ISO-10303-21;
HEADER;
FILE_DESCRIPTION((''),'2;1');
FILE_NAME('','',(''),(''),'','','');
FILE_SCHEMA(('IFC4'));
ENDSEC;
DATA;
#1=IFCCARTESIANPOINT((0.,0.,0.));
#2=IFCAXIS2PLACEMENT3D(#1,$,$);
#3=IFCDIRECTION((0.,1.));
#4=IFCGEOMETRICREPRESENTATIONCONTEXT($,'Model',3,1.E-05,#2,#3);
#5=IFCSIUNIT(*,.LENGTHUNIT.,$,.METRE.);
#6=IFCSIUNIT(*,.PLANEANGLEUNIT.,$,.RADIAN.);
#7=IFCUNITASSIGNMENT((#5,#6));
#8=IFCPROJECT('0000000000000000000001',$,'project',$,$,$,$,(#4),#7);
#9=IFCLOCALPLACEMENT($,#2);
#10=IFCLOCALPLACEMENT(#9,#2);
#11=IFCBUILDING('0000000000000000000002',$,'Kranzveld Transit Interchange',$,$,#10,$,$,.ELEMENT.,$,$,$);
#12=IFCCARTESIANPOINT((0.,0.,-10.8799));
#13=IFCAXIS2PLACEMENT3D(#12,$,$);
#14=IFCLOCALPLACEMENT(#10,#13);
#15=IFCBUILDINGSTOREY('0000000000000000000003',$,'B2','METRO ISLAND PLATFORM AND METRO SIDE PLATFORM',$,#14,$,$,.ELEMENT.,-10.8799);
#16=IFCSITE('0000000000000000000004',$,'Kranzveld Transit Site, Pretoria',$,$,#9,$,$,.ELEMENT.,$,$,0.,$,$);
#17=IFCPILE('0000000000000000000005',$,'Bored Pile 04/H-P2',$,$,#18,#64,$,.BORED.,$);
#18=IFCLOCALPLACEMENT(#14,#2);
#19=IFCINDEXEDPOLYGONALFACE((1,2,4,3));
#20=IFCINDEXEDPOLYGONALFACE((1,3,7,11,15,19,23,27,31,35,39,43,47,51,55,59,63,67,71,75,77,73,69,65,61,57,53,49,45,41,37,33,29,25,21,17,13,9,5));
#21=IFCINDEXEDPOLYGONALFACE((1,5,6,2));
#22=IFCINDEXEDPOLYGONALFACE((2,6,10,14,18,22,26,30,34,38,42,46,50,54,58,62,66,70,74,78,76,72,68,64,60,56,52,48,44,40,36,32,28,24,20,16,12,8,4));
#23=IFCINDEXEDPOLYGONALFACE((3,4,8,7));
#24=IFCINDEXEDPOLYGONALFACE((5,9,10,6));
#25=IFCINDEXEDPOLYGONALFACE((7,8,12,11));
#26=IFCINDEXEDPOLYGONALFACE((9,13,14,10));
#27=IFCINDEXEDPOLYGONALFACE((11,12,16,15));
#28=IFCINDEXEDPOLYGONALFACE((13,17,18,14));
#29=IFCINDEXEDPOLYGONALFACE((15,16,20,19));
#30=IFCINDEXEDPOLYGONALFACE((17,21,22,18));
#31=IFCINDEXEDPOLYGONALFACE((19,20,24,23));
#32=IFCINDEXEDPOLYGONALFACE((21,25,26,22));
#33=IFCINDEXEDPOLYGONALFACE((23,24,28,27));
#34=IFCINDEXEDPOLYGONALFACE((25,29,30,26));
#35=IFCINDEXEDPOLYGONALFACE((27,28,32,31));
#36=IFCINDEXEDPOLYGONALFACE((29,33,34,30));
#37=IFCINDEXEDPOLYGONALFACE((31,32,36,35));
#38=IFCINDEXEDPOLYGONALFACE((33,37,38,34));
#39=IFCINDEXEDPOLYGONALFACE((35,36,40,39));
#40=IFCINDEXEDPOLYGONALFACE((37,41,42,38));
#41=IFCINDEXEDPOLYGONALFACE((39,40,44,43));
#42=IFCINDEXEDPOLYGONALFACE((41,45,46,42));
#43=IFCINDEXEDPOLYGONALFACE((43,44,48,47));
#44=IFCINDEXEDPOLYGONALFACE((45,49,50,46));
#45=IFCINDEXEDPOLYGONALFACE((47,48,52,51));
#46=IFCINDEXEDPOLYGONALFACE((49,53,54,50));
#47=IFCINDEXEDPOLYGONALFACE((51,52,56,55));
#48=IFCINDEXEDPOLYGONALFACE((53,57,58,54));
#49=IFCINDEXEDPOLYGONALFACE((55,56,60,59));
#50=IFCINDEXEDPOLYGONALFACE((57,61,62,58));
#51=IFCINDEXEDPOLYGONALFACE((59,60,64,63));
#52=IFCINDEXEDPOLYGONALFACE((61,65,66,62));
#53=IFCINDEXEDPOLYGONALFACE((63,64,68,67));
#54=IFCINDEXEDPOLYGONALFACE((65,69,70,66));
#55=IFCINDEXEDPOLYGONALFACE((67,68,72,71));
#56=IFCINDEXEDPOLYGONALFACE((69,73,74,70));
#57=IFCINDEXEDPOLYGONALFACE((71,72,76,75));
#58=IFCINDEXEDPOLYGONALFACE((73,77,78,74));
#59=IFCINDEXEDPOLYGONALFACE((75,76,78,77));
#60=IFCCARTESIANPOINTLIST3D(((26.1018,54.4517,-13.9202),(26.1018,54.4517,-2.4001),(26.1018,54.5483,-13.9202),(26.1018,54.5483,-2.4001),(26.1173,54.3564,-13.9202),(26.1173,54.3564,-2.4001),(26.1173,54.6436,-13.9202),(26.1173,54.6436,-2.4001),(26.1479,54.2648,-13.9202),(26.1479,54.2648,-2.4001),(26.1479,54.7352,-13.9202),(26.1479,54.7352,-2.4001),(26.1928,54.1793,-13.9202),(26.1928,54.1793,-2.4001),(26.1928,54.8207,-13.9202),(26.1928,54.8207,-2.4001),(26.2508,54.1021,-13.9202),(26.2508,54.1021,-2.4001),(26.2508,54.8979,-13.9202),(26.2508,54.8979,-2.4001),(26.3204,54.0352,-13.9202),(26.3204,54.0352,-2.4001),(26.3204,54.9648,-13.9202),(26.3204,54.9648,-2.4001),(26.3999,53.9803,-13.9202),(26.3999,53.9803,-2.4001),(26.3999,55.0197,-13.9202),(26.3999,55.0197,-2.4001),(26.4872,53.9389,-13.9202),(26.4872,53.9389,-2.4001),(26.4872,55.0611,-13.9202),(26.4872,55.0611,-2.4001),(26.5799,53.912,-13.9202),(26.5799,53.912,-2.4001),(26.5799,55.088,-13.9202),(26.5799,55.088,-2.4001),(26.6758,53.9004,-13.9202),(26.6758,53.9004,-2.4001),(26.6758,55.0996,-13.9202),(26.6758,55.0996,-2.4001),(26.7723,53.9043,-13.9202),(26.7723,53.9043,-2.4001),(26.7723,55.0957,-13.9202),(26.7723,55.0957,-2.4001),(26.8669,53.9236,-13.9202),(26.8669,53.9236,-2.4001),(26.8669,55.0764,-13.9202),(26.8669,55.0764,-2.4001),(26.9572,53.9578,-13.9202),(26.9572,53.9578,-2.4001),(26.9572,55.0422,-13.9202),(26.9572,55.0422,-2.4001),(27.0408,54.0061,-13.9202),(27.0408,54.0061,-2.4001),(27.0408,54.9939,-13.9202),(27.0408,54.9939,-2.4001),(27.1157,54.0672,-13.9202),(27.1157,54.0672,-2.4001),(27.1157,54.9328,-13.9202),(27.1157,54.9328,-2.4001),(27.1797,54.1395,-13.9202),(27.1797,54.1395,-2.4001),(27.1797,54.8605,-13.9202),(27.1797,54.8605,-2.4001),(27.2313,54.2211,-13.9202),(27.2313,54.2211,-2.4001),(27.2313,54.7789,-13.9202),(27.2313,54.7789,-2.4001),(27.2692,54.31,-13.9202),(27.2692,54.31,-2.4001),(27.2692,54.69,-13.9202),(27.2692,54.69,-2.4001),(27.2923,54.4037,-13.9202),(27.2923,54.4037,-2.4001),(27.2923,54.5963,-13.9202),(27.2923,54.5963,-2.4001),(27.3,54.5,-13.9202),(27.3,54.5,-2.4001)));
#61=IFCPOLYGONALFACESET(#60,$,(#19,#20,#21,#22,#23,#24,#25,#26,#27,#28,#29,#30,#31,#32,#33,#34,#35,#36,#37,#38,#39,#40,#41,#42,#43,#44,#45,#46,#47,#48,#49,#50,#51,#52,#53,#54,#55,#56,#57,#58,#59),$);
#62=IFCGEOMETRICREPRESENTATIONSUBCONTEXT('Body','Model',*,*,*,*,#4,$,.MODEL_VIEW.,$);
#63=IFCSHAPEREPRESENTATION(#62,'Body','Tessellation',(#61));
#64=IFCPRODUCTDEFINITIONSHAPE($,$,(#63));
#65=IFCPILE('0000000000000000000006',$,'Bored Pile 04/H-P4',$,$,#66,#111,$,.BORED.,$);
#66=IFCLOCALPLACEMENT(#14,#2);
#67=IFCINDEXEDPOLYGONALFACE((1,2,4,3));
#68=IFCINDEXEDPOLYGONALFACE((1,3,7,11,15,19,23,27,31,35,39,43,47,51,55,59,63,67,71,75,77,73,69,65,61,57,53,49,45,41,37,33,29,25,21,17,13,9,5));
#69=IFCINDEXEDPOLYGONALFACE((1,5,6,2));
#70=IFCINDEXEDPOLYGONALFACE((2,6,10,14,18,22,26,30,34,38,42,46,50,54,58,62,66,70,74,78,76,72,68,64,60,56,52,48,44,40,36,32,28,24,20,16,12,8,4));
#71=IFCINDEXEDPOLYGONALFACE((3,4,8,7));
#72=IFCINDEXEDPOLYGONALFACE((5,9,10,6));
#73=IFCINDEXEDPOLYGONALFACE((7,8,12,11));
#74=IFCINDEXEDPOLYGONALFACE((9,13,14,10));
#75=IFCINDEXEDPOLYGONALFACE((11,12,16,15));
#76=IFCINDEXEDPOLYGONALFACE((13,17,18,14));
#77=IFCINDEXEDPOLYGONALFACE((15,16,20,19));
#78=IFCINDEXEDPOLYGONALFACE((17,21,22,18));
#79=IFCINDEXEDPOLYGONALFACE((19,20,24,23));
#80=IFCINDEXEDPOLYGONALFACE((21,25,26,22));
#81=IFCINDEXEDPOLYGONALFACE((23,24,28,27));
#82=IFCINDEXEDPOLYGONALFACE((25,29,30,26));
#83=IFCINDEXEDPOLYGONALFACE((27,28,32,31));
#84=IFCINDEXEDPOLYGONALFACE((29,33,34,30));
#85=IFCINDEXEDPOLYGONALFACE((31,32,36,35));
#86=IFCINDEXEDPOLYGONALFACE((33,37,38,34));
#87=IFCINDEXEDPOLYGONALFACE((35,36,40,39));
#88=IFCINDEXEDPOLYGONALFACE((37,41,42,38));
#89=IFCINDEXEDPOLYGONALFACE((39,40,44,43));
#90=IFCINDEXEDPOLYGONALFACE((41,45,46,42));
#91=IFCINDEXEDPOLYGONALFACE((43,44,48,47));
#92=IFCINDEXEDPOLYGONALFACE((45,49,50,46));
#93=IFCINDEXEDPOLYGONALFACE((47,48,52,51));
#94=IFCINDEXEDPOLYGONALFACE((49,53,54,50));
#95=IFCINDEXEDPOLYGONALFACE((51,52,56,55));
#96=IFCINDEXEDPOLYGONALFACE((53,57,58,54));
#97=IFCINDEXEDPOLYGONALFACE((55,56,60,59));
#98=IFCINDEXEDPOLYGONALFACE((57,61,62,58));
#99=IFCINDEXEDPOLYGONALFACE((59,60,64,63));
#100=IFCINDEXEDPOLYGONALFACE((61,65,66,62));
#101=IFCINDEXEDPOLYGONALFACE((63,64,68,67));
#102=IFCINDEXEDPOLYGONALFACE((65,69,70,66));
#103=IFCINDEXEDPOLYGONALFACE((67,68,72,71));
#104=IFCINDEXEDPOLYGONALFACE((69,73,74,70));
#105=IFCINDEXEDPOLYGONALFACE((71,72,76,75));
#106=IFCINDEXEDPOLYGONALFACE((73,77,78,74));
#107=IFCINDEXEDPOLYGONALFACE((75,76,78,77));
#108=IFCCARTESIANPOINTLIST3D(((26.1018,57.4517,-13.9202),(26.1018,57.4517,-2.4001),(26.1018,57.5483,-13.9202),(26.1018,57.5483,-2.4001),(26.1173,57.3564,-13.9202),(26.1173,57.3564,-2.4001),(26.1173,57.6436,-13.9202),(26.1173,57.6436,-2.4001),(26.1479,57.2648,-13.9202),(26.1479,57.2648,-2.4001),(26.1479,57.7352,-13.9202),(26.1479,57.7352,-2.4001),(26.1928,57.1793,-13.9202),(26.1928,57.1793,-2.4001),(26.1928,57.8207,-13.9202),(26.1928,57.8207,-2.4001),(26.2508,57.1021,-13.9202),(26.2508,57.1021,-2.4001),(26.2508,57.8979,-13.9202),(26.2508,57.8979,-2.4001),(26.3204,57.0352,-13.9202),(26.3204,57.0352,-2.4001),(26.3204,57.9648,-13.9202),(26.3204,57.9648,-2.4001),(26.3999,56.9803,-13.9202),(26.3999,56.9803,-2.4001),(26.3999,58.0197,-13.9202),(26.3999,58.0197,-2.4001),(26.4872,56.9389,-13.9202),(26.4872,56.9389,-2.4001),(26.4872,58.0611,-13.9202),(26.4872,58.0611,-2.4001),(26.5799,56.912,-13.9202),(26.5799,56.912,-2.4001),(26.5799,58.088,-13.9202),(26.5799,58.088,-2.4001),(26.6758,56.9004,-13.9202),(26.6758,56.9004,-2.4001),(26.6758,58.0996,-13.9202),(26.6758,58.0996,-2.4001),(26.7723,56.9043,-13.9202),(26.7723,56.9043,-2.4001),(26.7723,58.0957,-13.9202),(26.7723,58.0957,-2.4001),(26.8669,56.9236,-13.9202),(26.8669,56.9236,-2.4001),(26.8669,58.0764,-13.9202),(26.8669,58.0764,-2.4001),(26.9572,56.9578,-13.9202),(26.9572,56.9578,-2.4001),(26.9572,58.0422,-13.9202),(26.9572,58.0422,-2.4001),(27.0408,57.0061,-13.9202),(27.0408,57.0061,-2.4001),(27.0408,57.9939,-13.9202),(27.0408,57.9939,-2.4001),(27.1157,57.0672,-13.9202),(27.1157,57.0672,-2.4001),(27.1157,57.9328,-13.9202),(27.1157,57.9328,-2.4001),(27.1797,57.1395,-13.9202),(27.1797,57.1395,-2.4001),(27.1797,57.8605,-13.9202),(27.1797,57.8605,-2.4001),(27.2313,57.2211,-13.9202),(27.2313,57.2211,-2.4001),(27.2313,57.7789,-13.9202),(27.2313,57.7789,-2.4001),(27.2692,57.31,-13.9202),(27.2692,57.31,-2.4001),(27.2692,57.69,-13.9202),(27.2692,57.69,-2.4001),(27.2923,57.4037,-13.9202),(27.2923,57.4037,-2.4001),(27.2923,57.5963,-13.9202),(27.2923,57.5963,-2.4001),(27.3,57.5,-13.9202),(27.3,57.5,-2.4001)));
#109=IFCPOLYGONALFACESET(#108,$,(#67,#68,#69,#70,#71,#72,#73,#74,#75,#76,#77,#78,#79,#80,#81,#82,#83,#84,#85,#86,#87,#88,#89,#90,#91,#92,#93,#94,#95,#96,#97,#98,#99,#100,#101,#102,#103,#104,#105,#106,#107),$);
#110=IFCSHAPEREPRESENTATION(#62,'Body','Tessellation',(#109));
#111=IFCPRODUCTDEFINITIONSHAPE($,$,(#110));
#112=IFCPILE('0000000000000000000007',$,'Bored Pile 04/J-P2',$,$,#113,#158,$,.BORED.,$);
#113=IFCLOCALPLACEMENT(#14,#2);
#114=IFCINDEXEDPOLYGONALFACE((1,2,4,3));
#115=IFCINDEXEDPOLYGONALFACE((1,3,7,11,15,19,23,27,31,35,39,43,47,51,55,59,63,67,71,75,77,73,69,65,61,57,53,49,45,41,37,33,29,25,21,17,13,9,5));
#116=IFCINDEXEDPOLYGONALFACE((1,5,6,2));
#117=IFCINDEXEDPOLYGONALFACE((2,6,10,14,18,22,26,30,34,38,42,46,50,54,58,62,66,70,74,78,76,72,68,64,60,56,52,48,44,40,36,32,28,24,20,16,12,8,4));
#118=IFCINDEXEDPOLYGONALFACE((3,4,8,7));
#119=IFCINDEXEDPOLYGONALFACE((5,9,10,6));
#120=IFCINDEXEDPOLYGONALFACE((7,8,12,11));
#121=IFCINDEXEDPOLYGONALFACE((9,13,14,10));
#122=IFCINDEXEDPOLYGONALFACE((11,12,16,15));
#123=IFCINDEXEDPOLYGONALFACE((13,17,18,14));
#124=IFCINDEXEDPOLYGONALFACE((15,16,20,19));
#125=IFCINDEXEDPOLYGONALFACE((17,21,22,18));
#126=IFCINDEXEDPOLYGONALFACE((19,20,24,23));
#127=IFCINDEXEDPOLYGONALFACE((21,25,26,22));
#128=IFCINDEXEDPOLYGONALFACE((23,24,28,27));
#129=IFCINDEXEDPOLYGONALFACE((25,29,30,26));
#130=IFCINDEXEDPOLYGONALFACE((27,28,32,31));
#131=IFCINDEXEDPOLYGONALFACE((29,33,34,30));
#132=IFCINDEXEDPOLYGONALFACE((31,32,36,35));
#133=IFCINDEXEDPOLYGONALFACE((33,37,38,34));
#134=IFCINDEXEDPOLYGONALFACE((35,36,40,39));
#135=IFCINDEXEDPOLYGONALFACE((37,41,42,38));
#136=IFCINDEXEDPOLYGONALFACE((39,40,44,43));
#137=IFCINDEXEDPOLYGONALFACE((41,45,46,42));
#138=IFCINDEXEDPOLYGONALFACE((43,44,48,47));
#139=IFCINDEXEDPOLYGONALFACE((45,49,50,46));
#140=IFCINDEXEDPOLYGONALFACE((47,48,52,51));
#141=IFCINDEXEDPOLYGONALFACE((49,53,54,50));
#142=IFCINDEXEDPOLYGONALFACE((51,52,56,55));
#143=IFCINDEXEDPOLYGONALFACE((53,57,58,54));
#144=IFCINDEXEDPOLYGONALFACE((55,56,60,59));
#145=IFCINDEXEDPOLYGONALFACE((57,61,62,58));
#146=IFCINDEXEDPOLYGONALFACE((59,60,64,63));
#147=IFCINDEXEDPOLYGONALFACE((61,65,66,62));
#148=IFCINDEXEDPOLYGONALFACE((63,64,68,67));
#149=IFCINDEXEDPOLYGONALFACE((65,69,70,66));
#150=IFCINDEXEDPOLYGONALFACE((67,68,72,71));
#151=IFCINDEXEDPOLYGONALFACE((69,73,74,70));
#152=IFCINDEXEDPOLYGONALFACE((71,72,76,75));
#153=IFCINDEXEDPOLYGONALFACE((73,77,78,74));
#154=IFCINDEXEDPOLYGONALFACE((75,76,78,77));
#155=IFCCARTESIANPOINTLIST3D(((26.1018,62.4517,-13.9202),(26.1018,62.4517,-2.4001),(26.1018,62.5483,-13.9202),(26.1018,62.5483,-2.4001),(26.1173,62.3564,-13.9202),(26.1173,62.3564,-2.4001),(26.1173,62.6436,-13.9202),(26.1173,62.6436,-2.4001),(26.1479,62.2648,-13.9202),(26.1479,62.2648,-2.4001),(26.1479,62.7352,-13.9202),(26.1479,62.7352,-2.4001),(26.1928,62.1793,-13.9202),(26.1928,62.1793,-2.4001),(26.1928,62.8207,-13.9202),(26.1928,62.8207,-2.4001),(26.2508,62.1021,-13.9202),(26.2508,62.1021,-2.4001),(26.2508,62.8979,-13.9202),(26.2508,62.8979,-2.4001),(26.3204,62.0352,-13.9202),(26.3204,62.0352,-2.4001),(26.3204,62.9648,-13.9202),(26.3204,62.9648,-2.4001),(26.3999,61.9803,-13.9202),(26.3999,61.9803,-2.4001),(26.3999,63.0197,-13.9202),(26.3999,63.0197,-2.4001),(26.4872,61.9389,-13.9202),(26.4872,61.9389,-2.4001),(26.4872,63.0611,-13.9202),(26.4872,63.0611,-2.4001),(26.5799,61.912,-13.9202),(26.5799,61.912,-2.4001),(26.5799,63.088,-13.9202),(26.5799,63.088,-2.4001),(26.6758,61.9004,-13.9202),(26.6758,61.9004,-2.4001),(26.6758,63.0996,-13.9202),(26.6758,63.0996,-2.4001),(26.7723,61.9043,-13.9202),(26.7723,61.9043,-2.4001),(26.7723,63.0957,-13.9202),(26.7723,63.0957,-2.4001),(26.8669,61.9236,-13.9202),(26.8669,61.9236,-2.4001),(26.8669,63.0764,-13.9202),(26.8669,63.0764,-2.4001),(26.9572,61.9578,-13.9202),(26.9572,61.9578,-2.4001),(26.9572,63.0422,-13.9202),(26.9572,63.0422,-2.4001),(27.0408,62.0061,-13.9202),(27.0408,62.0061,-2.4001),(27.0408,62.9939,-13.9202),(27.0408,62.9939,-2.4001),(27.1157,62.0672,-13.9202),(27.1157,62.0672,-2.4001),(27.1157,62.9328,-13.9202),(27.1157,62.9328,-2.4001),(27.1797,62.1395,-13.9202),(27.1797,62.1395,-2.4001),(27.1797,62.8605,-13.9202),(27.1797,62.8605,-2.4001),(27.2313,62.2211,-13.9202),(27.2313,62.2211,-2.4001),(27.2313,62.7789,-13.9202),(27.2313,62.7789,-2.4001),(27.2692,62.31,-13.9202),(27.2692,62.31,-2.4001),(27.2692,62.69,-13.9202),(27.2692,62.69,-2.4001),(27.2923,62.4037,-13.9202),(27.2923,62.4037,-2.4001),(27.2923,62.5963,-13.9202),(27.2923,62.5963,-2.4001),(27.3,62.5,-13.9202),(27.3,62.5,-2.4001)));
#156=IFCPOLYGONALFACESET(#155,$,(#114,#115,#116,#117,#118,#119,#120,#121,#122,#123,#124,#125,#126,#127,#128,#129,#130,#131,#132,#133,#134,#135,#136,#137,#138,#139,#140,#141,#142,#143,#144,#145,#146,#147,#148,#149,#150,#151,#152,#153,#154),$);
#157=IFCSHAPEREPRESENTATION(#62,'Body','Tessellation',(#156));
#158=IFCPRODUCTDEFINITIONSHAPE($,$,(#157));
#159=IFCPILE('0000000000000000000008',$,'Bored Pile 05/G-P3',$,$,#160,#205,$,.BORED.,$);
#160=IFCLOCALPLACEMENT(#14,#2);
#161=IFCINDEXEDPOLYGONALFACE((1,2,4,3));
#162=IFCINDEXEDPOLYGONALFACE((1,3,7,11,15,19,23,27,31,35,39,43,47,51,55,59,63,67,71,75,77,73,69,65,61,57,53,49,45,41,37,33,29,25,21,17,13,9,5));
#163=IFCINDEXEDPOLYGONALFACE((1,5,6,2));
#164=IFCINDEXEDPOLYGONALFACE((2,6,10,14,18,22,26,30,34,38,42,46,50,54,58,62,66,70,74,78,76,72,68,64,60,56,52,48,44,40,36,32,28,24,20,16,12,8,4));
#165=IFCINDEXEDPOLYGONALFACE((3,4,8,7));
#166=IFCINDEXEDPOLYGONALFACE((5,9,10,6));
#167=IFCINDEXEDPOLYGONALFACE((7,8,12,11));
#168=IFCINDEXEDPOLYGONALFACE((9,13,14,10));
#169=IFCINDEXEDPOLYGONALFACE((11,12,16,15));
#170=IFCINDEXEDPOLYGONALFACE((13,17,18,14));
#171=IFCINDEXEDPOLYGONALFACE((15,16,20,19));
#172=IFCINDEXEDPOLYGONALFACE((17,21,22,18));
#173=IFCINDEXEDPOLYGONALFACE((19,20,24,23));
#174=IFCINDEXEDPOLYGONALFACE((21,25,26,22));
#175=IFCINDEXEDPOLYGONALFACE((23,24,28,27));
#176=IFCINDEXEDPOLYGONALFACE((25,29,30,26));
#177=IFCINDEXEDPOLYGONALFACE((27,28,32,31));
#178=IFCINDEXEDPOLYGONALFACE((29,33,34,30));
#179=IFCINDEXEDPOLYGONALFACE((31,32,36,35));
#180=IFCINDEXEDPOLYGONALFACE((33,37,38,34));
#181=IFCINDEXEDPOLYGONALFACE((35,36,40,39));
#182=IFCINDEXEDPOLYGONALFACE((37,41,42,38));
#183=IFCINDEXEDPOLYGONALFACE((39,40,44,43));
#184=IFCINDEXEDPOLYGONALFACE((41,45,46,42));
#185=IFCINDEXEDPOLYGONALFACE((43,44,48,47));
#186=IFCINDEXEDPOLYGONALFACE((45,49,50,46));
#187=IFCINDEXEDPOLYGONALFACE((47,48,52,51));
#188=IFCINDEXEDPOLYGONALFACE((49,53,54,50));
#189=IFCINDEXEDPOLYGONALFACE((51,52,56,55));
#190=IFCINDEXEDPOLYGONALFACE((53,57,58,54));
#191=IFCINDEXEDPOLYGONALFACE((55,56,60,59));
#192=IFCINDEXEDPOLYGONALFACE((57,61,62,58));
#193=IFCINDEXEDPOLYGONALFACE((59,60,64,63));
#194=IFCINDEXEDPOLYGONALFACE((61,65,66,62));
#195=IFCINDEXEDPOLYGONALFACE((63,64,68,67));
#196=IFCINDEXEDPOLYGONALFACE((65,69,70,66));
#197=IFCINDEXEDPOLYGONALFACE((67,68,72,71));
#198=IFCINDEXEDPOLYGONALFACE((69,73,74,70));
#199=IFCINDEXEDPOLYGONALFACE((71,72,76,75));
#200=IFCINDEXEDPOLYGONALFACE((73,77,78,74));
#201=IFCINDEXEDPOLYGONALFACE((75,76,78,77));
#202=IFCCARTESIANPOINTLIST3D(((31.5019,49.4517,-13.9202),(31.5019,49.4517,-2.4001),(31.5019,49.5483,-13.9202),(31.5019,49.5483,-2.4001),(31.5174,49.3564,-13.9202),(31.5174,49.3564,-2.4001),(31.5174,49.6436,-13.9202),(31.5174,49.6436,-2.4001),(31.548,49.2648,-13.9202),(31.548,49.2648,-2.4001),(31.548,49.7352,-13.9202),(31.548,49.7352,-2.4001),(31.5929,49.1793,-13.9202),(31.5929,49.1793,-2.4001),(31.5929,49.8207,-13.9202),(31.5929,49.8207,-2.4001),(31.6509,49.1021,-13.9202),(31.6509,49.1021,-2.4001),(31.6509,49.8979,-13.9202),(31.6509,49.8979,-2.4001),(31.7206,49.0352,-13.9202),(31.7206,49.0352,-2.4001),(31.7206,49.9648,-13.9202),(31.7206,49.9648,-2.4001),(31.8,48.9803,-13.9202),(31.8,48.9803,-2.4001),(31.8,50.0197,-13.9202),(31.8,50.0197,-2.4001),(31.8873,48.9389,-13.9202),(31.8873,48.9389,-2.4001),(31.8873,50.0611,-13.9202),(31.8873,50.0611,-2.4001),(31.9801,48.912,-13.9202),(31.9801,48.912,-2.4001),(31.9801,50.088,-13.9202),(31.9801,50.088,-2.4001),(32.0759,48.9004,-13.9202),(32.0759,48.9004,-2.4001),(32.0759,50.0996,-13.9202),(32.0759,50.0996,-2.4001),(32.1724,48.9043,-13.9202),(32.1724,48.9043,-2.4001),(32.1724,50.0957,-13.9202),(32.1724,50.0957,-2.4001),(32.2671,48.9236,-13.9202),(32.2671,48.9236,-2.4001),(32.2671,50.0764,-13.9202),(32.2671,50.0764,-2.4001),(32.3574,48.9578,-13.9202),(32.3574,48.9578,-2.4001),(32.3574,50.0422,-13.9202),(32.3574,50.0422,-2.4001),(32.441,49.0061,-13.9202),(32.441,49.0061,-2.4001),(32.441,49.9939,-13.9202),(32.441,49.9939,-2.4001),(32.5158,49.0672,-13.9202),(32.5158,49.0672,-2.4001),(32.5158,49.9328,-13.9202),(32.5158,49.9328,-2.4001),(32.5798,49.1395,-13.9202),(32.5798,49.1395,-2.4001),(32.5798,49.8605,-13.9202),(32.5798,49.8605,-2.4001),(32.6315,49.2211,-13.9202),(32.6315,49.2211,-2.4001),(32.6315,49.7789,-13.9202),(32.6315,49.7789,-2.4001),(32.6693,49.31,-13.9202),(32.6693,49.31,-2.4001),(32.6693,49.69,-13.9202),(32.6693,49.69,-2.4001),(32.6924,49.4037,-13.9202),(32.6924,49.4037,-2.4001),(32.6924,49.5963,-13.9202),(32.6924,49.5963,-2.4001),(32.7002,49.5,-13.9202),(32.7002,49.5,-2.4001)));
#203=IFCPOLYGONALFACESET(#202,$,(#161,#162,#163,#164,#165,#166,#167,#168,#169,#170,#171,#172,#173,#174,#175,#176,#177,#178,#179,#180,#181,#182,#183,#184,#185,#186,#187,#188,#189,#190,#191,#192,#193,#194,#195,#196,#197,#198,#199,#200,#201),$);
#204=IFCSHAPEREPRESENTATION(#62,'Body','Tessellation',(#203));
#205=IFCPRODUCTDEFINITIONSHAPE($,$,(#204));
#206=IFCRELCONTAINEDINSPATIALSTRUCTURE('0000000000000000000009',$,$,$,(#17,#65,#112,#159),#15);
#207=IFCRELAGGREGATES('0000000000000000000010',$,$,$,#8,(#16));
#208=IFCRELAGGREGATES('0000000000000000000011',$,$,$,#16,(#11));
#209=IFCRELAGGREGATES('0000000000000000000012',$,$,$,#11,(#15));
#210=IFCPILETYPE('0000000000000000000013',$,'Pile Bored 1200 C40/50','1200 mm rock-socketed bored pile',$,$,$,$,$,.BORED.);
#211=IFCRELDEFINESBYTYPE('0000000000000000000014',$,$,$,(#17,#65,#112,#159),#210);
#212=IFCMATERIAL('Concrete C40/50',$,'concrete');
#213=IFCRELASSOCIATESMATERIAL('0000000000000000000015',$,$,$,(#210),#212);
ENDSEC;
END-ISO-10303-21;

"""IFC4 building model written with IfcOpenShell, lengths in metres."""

from ifc_helpers import new_model, si_unit, direction, frame, origin, origin_2d, place, context, subcontext, project, spatial, circle, extrude, material, material_profile, profile_set, type_object, element, save


model = new_model("IFC4")

# Units and contexts
model_context = context("Model", 3, precision=1e-05, world=origin(), true_north=direction((0.0, 1.0)))
body_context = subcontext(model_context, "Body", "Model", "MODEL_VIEW")
ifc_project = project(units=[si_unit("LENGTHUNIT", "METRE"), si_unit("PLANEANGLEUNIT", "RADIAN")], contexts=[model_context])

# Site, building, storey
site_placement = place(None, origin())
site = spatial("IfcSite", under=ifc_project, at=site_placement, Name="Kranzveld Transit Site, Pretoria", CompositionType="ELEMENT", RefElevation=0.0)
building_placement = place(site_placement, origin())
building = spatial("IfcBuilding", under=site, at=building_placement, Name="Kranzveld Transit Interchange", CompositionType="ELEMENT")
storey_placement = place(building_placement, frame((0.0, 0.0, -10.8799)))
storey = spatial("IfcBuildingStorey", under=building, at=storey_placement, Name="B2", Description="METRO ISLAND PLATFORM AND METRO SIDE PLATFORM", CompositionType="ELEMENT", Elevation=-10.8799)

# Piles
ifc_material_1 = material(Name="Concrete C40/50", Category="concrete")
ifc_material_profile_1 = material_profile(ifc_material_1, circle(Radius=0.6001, at=origin_2d()), Name="BORED PILE 1200")
ifc_profile_set_1 = profile_set([ifc_material_profile_1], Name="Concrete C40/50")
pile_type_1 = type_object("IfcPileType", Name="Pile Bored 1200 C40/50", Description="1200 mm rock-socketed bored pile", PredefinedType="BORED", material=ifc_profile_set_1)
for number, where, z_axis, x_axis, name in (
    (1, (26.7, 54.5, -2.4001), (0.0, 0.0, -1.0), (1.0, 0.0, 0.0), "Bored Pile 04/H-P2"),
    (2, (26.7, 57.5, -2.4001), (0.0, 0.0, -1.0), (1.0, 0.0, 0.0), "Bored Pile 04/H-P4"),
    (3, (26.7, 62.5, -2.4001), (0.0, 0.0, -1.0), (1.0, 0.0, 0.0), "Bored Pile 04/J-P2"),
    (4, (32.1001, 49.5, -2.4001), (0.0, 0.0, -1.0), (1.0, 0.0, 0.0), "Bored Pile 05/G-P3"),
):
    element("IfcPile", number, at=place(storey_placement, frame(where, z_axis=z_axis, x_axis=x_axis)), inside=storey, type_object=pile_type_1, Name=name, PredefinedType="BORED", context=body_context, shape_type="SweptSolid", body=[
        extrude(circle(Radius=0.6001, at=origin_2d()), origin(), (0.0, 0.0, 1.0), 11.52),
    ])

save(model, "model.ifc")
